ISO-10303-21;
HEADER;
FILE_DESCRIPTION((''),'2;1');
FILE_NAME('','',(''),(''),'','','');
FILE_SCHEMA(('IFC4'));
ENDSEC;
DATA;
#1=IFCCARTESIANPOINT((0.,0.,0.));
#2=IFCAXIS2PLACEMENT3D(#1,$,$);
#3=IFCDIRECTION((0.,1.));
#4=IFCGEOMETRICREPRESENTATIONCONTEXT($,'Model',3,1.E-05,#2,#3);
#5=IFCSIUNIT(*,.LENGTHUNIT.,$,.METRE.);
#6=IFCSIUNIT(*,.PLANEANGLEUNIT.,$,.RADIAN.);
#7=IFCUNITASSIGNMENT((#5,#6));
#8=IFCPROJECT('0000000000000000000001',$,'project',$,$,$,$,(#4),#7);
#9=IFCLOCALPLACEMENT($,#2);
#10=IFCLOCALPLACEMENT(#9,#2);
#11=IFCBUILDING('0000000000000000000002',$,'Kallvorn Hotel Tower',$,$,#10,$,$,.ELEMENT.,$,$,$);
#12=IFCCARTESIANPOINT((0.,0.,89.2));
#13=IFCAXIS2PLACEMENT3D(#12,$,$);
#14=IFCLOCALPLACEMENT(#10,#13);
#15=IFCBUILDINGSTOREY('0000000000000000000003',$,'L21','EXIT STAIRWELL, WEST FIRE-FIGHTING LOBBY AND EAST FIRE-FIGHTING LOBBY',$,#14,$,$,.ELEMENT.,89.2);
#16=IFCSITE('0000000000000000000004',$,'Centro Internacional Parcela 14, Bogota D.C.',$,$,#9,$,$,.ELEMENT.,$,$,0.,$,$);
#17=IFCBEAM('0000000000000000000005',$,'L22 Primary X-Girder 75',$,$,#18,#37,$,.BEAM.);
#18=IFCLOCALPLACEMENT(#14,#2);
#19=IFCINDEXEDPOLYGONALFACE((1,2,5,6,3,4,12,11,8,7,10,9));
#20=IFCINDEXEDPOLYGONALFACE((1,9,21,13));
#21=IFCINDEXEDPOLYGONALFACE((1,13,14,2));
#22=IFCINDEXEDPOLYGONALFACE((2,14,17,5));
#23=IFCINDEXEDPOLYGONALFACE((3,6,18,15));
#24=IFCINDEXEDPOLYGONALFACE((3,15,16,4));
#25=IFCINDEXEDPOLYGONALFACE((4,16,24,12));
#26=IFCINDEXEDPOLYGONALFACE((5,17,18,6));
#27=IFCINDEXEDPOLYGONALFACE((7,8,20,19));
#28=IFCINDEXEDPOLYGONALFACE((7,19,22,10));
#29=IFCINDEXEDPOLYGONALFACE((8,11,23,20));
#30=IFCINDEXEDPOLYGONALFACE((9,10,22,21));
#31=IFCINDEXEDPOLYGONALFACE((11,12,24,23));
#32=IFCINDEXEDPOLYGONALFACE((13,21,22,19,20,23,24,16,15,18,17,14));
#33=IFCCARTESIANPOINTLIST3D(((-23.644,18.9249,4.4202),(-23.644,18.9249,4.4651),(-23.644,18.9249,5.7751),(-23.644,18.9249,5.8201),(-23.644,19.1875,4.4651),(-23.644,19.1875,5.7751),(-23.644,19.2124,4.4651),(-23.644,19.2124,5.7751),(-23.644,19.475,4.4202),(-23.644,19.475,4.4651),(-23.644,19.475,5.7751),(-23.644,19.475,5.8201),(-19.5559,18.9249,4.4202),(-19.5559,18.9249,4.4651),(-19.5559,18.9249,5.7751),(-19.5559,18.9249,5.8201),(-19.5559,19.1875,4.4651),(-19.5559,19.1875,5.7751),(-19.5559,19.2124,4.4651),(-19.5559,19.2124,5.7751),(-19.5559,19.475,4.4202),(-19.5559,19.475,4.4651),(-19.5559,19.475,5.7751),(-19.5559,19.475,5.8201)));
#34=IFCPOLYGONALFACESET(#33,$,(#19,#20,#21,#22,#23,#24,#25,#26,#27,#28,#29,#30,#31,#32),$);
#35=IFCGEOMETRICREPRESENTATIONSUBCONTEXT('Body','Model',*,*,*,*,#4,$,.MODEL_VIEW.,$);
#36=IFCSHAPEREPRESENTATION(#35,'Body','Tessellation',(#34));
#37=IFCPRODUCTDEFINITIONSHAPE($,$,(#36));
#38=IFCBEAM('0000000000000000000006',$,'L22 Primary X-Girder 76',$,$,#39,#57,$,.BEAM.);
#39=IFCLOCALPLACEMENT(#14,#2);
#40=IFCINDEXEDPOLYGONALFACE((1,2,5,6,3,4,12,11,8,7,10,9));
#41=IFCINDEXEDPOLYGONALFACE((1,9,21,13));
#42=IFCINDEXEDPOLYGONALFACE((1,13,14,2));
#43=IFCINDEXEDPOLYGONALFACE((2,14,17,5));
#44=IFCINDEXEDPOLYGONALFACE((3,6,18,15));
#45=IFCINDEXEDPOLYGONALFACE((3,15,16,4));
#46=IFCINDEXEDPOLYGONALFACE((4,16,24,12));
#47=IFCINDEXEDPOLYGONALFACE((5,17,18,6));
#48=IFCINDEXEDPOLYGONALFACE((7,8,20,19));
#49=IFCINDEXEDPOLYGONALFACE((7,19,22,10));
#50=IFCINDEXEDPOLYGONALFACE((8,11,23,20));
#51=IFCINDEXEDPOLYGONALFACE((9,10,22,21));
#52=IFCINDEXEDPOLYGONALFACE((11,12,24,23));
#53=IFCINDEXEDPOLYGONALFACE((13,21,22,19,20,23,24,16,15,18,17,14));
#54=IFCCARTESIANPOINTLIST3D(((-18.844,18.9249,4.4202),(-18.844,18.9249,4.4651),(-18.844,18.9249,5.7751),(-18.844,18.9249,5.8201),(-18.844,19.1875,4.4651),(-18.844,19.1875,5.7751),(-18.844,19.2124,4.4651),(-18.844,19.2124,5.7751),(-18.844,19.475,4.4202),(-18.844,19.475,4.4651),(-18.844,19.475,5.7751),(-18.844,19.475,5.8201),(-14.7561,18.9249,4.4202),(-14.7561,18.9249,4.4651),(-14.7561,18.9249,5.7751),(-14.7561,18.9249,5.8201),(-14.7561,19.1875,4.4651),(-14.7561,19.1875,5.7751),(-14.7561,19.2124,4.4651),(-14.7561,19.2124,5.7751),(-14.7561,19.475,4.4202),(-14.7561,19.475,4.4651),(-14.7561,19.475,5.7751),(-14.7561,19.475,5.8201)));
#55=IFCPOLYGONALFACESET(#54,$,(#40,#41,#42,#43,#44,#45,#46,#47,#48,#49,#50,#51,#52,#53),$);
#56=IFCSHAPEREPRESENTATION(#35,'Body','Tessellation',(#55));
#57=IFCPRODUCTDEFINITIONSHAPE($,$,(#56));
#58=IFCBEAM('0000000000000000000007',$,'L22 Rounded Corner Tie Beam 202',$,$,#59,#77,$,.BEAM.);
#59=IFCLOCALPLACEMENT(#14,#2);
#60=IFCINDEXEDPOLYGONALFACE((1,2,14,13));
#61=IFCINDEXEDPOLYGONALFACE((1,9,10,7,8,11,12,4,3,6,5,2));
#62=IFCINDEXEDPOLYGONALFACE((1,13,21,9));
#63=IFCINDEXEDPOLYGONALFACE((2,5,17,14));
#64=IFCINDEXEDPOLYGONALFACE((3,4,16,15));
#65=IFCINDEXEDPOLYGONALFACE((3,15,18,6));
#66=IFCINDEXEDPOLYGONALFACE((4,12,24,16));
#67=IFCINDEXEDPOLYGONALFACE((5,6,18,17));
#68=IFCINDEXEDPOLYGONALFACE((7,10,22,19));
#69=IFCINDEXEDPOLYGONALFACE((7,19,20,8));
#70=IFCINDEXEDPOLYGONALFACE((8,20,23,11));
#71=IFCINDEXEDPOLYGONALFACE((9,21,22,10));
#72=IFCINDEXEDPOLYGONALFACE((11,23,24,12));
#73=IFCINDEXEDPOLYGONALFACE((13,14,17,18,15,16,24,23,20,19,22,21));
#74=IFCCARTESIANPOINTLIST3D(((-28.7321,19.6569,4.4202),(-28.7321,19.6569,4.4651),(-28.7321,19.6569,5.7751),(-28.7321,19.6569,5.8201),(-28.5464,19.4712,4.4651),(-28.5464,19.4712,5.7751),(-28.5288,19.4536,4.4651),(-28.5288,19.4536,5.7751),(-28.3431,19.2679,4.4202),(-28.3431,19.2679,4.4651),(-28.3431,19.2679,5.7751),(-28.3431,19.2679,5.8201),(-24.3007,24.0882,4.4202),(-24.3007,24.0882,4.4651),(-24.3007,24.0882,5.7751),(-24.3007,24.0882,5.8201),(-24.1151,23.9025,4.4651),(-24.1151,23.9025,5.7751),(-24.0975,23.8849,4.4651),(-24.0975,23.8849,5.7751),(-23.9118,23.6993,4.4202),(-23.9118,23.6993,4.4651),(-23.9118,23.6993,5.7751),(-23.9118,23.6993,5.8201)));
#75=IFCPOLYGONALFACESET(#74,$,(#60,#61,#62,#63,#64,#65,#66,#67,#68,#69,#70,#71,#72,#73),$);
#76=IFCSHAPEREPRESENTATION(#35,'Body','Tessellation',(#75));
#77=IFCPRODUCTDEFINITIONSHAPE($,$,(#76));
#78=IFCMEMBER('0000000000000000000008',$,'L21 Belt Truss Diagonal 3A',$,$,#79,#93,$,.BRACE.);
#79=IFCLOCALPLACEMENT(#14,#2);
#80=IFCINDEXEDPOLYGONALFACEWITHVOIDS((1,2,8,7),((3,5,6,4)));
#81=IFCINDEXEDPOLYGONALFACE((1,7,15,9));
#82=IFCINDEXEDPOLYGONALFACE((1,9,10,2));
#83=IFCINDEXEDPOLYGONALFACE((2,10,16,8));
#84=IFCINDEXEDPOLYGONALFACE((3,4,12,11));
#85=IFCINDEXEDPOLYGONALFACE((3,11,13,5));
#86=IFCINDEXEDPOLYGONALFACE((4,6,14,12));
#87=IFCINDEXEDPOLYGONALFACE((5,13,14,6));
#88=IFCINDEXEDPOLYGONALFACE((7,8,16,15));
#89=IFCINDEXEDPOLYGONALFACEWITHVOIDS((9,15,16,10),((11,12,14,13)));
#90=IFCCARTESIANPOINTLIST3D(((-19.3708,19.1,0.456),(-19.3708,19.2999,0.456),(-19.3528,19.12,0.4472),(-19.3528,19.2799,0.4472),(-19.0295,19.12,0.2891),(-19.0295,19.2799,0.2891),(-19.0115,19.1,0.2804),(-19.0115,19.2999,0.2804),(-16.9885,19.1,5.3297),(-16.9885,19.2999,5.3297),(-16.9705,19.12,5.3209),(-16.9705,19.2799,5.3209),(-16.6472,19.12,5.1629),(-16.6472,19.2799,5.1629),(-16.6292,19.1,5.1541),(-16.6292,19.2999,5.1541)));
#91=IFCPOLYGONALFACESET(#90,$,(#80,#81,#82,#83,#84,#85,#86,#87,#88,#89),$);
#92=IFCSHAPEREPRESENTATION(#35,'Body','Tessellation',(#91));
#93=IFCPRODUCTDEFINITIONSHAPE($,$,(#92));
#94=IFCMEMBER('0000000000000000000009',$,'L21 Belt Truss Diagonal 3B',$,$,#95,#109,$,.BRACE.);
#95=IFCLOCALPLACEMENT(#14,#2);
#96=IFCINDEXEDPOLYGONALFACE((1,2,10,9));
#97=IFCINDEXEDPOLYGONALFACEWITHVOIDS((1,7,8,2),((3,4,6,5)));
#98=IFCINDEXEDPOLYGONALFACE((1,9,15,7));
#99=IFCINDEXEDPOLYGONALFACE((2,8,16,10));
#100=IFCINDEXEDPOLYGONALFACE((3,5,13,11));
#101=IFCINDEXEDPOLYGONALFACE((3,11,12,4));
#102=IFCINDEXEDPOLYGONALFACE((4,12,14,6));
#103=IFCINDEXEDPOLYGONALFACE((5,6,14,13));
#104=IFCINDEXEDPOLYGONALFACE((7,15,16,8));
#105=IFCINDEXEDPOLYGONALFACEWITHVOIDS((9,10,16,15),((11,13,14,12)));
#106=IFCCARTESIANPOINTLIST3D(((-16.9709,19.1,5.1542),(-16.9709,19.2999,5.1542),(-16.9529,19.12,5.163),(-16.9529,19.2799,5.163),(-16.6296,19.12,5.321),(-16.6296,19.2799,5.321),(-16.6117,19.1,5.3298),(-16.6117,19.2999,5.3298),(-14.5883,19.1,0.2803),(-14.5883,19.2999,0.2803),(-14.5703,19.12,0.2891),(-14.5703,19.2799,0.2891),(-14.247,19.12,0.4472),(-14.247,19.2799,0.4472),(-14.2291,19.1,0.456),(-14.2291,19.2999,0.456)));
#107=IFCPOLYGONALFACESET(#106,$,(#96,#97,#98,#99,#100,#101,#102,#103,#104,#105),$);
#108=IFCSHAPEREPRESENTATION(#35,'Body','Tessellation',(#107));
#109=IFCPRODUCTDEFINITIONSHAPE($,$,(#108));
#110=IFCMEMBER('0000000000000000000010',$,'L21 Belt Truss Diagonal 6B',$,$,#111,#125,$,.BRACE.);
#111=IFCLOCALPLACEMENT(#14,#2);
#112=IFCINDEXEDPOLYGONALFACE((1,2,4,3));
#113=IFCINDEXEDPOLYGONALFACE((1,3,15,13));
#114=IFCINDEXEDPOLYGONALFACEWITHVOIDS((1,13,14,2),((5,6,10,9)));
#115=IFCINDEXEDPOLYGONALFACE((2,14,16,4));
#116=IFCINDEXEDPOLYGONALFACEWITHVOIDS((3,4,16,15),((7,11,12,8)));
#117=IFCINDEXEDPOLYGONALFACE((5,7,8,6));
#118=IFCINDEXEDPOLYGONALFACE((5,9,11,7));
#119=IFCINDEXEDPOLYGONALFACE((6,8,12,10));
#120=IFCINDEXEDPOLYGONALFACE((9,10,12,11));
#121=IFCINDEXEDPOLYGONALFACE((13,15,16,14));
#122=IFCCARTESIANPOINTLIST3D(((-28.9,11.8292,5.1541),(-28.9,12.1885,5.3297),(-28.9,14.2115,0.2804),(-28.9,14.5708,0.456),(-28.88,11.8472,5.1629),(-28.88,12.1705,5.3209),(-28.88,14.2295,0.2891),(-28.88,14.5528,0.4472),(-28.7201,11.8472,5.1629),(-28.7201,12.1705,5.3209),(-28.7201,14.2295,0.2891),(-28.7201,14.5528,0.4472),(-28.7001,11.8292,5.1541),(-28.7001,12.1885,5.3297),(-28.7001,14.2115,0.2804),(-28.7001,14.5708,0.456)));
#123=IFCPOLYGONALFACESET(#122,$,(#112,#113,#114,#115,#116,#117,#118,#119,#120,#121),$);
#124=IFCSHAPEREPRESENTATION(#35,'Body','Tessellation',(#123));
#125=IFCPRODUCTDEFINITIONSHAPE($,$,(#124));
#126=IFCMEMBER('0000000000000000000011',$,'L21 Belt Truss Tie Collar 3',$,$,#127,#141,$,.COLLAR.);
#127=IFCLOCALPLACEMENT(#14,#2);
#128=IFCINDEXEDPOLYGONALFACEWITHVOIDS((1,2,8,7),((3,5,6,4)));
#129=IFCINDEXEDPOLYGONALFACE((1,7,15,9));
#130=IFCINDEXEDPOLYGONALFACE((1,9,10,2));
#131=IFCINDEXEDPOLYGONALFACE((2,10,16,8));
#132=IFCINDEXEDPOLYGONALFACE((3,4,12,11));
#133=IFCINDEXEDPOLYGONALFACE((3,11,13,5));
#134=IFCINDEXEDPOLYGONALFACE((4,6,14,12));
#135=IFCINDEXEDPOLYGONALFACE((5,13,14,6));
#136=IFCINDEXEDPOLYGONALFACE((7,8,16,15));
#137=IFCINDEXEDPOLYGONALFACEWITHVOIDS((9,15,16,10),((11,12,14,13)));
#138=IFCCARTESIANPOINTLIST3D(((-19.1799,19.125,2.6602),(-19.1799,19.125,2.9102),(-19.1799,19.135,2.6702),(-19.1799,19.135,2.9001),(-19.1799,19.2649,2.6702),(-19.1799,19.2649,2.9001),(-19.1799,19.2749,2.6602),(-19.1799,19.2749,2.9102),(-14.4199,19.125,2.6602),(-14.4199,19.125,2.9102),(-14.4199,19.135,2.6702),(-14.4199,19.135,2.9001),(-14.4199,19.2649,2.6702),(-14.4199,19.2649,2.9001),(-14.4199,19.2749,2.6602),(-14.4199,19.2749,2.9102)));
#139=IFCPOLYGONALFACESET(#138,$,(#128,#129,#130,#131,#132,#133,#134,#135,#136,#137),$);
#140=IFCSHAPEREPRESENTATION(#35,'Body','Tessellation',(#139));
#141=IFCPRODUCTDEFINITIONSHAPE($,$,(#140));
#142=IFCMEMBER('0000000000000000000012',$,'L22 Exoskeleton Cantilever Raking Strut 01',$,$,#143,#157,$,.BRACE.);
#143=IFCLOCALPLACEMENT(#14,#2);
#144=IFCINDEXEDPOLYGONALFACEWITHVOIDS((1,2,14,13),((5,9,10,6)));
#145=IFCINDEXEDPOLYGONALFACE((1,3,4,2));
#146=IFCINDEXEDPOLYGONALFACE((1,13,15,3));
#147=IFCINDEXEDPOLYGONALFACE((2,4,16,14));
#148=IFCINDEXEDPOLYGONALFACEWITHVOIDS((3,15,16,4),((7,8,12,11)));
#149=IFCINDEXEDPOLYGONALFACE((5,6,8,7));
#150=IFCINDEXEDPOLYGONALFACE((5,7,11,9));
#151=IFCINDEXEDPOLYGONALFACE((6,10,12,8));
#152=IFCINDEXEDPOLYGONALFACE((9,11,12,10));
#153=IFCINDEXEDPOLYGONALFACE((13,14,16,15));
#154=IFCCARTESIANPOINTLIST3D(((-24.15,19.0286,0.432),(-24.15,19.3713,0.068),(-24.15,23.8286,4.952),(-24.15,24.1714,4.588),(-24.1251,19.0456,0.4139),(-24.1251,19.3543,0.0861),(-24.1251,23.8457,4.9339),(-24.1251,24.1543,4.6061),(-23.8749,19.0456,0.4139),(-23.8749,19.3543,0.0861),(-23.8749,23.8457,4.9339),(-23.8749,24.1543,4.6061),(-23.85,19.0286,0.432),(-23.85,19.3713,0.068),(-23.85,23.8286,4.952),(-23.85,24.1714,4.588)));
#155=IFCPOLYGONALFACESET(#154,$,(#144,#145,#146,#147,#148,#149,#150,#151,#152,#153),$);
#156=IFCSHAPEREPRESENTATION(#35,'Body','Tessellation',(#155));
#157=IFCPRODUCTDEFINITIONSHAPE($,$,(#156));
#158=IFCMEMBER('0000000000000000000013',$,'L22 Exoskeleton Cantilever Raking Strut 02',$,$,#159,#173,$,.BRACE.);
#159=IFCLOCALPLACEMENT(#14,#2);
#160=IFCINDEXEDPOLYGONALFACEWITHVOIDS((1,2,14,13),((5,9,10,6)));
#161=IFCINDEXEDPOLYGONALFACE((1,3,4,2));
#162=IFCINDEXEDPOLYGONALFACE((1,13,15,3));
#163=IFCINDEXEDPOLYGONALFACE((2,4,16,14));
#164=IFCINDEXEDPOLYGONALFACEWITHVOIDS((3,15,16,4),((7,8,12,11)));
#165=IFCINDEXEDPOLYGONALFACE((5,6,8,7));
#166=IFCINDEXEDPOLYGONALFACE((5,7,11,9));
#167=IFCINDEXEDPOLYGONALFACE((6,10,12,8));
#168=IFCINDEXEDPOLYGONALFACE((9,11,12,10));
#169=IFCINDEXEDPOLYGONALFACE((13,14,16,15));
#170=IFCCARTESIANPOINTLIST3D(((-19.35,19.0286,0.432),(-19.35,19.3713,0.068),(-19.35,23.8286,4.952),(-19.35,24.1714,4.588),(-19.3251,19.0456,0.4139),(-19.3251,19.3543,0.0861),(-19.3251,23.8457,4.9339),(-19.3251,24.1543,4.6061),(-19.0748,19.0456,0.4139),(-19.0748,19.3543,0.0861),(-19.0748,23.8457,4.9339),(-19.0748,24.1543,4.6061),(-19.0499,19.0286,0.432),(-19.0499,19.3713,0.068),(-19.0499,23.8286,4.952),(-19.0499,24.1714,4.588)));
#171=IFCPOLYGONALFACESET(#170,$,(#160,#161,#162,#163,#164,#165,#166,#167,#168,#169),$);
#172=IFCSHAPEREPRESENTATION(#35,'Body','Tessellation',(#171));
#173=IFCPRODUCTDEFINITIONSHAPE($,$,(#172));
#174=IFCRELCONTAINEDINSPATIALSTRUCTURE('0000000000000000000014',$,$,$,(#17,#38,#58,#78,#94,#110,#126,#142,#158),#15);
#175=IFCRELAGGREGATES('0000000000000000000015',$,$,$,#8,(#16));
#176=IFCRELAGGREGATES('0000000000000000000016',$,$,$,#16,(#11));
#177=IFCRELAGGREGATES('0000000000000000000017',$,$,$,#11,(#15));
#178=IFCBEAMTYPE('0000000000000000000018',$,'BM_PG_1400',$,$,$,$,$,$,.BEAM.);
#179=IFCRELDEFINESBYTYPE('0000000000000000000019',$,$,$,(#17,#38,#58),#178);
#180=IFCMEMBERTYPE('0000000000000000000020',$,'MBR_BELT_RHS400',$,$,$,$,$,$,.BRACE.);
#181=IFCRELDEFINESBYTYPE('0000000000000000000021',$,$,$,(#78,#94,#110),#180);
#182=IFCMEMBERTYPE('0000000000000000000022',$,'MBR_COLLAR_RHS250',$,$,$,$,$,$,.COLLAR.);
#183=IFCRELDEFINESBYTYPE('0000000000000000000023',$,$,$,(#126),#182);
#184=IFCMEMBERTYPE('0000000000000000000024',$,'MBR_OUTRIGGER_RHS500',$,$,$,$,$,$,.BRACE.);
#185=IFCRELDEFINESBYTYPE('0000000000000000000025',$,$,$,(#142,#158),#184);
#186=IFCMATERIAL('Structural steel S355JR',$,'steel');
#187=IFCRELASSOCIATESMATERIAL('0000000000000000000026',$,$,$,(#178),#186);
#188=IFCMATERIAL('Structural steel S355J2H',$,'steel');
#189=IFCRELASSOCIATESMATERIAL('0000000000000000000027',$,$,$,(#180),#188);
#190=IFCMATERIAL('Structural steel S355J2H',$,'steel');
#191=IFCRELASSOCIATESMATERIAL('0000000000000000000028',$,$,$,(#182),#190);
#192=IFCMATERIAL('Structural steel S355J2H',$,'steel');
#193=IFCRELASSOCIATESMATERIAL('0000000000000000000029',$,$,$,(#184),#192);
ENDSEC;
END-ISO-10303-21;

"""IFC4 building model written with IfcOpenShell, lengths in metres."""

from ifc_helpers import new_model, si_unit, direction, frame, origin, origin_2d, place, context, subcontext, project, spatial, hollow_rectangle, i_section, extrude, material, material_profile, profile_set, type_object, element, save


model = new_model("IFC4")

# Units and contexts
model_context = context("Model", 3, precision=1e-05, world=origin(), true_north=direction((0.0, 1.0)))
body_context = subcontext(model_context, "Body", "Model", "MODEL_VIEW")
ifc_project = project(units=[si_unit("LENGTHUNIT", "METRE"), si_unit("PLANEANGLEUNIT", "RADIAN")], contexts=[model_context])

# Site, building, storey
site_placement = place(None, origin())
site = spatial("IfcSite", under=ifc_project, at=site_placement, Name="Centro Internacional Parcela 14, Bogota D.C.", CompositionType="ELEMENT", RefElevation=0.0)
building_placement = place(site_placement, origin())
building = spatial("IfcBuilding", under=site, at=building_placement, Name="Kallvorn Hotel Tower", CompositionType="ELEMENT")
storey_placement = place(building_placement, frame((0.0, 0.0, 89.2)))
storey = spatial("IfcBuildingStorey", under=building, at=storey_placement, Name="L21", Description="EXIT STAIRWELL, WEST FIRE-FIGHTING LOBBY AND EAST FIRE-FIGHTING LOBBY", CompositionType="ELEMENT", Elevation=89.2)

# Beams
ifc_material_1 = material(Name="Structural steel S355JR", Category="steel")
ifc_material_profile_1 = material_profile(ifc_material_1, i_section(OverallWidth=0.55, OverallDepth=1.3999, WebThickness=0.0249, FlangeThickness=0.0449, at=origin_2d()), Name="PG 1400x550x25x45")
ifc_profile_set_1 = profile_set([ifc_material_profile_1], Name="Structural steel S355JR")
beam_type_1 = type_object("IfcBeamType", Name="BM_PG_1400", PredefinedType="BEAM", material=ifc_profile_set_1)
beam_1_placement = place(storey_placement, frame((-23.644, 19.2, 5.1201), z_axis=(1.0, 0.0, 0.0), x_axis=(0.0, 1.0, 0.0)))
element("IfcBeam", 1, at=beam_1_placement, inside=storey, type_object=beam_type_1, Name="L22 Primary X-Girder 75", PredefinedType="BEAM", context=body_context, shape_type="SweptSolid", body=[
    extrude(i_section(OverallWidth=0.55, OverallDepth=1.3999, WebThickness=0.0249, FlangeThickness=0.0449, at=origin_2d()), origin(), (0.0, 0.0, 1.0), 4.0881),
])
beam_2_placement = place(storey_placement, frame((-18.844, 19.2, 5.1201), z_axis=(1.0, 0.0, 0.0), x_axis=(0.0, 1.0, 0.0)))
element("IfcBeam", 2, at=beam_2_placement, inside=storey, type_object=beam_type_1, Name="L22 Primary X-Girder 76", PredefinedType="BEAM", context=body_context, shape_type="SweptSolid", body=[
    extrude(i_section(OverallWidth=0.55, OverallDepth=1.3999, WebThickness=0.0249, FlangeThickness=0.0449, at=origin_2d()), origin(), (0.0, 0.0, 1.0), 4.0879),
])
beam_3_placement = place(storey_placement, frame((-28.5376, 19.4624, 5.1201), z_axis=(0.707107, 0.707107, 0.0), x_axis=(-0.707107, 0.707107, 0.0)))
element("IfcBeam", 3, at=beam_3_placement, inside=storey, type_object=beam_type_1, Name="L22 Rounded Corner Tie Beam 202", PredefinedType="BEAM", context=body_context, shape_type="SweptSolid", body=[
    extrude(i_section(OverallWidth=0.55, OverallDepth=1.3999, WebThickness=0.0249, FlangeThickness=0.0449, at=origin_2d()), origin(), (0.0, 0.0, 1.0), 6.2668),
])

# Members
ifc_material_2 = material(Name="Structural steel S355J2H", Category="steel")
ifc_material_profile_2 = material_profile(ifc_material_2, hollow_rectangle(XDim=0.2, YDim=0.3999, WallThickness=0.02, at=origin_2d()), Name="RHS 400x200x20")
ifc_profile_set_2 = profile_set([ifc_material_profile_2], Name="Structural steel S355J2H")
member_type_1 = type_object("IfcMemberType", Name="MBR_BELT_RHS400", PredefinedType="BRACE", material=ifc_profile_set_2)
member_1_placement = place(storey_placement, frame((-19.1912, 19.2, 0.3682), z_axis=(0.439149, 0.0, 0.898414), x_axis=(0.0, 1.0, 0.0)))
element("IfcMember", 4, at=member_1_placement, inside=storey, type_object=member_type_1, Name="L21 Belt Truss Diagonal 3A", PredefinedType="BRACE", context=body_context, shape_type="SweptSolid", body=[
    extrude(hollow_rectangle(XDim=0.2, YDim=0.3999, WallThickness=0.02, at=origin_2d()), origin(), (0.0, 0.0, 1.0), 5.4248),
])
member_2_placement = place(storey_placement, frame((-14.4087, 19.2, 0.3682), z_axis=(-0.439185, 0.0, 0.898397), x_axis=(0.0, -1.0, 0.0)))
element("IfcMember", 5, at=member_2_placement, inside=storey, type_object=member_type_1, Name="L21 Belt Truss Diagonal 3B", PredefinedType="BRACE", context=body_context, shape_type="SweptSolid", body=[
    extrude(hollow_rectangle(XDim=0.2, YDim=0.3999, WallThickness=0.02, at=origin_2d()), origin(), (0.0, 0.0, 1.0), 5.425),
])
member_3_placement = place(storey_placement, frame((-28.8, 14.3911, 0.3682), z_axis=(0.0, -0.439149, 0.898414), x_axis=(1.0, 0.0, 0.0)))
element("IfcMember", 6, at=member_3_placement, inside=storey, type_object=member_type_1, Name="L21 Belt Truss Diagonal 6B", PredefinedType="BRACE", context=body_context, shape_type="SweptSolid", body=[
    extrude(hollow_rectangle(XDim=0.2, YDim=0.3999, WallThickness=0.02, at=origin_2d()), origin(), (0.0, 0.0, 1.0), 5.4248),
])
ifc_material_3 = material(Name="Structural steel S355J2H", Category="steel")
ifc_material_profile_3 = material_profile(ifc_material_3, hollow_rectangle(XDim=0.1499, YDim=0.25, WallThickness=0.01, at=origin_2d()), Name="RHS 250x150x10")
ifc_profile_set_3 = profile_set([ifc_material_profile_3], Name="Structural steel S355J2H")
member_type_2 = type_object("IfcMemberType", Name="MBR_COLLAR_RHS250", PredefinedType="COLLAR", material=ifc_profile_set_3)
member_4_placement = place(storey_placement, frame((-19.1799, 19.2, 2.7852), z_axis=(1.0, 0.0, 0.0), x_axis=(0.0, 1.0, 0.0)))
element("IfcMember", 7, at=member_4_placement, inside=storey, type_object=member_type_2, Name="L21 Belt Truss Tie Collar 3", PredefinedType="COLLAR", context=body_context, shape_type="SweptSolid", body=[
    extrude(hollow_rectangle(XDim=0.1499, YDim=0.25, WallThickness=0.01, at=origin_2d()), origin(), (0.0, 0.0, 1.0), 4.76),
])
ifc_material_4 = material(Name="Structural steel S355J2H", Category="steel")
ifc_material_profile_4 = material_profile(ifc_material_4, hollow_rectangle(XDim=0.3, YDim=0.5, WallThickness=0.0249, at=origin_2d()), Name="RHS 500x300x25")
ifc_profile_set_4 = profile_set([ifc_material_profile_4], Name="Structural steel S355J2H")
member_type_3 = type_object("IfcMemberType", Name="MBR_OUTRIGGER_RHS500", PredefinedType="BRACE", material=ifc_profile_set_4)
for number, where, z_axis, x_axis, name in (
    (8, (-24.0, 19.2, 0.25), (0.0, 0.728024, 0.685552), (-1.0, 0.0, 0.0), "L22 Exoskeleton Cantilever Raking Strut 01"),
    (9, (-19.2, 19.2, 0.25), (0.0, 0.728024, 0.685552), (-1.0, 0.0, 0.0), "L22 Exoskeleton Cantilever Raking Strut 02"),
):
    element("IfcMember", number, at=place(storey_placement, frame(where, z_axis=z_axis, x_axis=x_axis)), inside=storey, type_object=member_type_3, Name=name, PredefinedType="BRACE", context=body_context, shape_type="SweptSolid", body=[
        extrude(hollow_rectangle(XDim=0.3, YDim=0.5, WallThickness=0.0249, at=origin_2d()), origin(), (0.0, 0.0, 1.0), 6.5933),
    ])

save(model, "model.ifc")
